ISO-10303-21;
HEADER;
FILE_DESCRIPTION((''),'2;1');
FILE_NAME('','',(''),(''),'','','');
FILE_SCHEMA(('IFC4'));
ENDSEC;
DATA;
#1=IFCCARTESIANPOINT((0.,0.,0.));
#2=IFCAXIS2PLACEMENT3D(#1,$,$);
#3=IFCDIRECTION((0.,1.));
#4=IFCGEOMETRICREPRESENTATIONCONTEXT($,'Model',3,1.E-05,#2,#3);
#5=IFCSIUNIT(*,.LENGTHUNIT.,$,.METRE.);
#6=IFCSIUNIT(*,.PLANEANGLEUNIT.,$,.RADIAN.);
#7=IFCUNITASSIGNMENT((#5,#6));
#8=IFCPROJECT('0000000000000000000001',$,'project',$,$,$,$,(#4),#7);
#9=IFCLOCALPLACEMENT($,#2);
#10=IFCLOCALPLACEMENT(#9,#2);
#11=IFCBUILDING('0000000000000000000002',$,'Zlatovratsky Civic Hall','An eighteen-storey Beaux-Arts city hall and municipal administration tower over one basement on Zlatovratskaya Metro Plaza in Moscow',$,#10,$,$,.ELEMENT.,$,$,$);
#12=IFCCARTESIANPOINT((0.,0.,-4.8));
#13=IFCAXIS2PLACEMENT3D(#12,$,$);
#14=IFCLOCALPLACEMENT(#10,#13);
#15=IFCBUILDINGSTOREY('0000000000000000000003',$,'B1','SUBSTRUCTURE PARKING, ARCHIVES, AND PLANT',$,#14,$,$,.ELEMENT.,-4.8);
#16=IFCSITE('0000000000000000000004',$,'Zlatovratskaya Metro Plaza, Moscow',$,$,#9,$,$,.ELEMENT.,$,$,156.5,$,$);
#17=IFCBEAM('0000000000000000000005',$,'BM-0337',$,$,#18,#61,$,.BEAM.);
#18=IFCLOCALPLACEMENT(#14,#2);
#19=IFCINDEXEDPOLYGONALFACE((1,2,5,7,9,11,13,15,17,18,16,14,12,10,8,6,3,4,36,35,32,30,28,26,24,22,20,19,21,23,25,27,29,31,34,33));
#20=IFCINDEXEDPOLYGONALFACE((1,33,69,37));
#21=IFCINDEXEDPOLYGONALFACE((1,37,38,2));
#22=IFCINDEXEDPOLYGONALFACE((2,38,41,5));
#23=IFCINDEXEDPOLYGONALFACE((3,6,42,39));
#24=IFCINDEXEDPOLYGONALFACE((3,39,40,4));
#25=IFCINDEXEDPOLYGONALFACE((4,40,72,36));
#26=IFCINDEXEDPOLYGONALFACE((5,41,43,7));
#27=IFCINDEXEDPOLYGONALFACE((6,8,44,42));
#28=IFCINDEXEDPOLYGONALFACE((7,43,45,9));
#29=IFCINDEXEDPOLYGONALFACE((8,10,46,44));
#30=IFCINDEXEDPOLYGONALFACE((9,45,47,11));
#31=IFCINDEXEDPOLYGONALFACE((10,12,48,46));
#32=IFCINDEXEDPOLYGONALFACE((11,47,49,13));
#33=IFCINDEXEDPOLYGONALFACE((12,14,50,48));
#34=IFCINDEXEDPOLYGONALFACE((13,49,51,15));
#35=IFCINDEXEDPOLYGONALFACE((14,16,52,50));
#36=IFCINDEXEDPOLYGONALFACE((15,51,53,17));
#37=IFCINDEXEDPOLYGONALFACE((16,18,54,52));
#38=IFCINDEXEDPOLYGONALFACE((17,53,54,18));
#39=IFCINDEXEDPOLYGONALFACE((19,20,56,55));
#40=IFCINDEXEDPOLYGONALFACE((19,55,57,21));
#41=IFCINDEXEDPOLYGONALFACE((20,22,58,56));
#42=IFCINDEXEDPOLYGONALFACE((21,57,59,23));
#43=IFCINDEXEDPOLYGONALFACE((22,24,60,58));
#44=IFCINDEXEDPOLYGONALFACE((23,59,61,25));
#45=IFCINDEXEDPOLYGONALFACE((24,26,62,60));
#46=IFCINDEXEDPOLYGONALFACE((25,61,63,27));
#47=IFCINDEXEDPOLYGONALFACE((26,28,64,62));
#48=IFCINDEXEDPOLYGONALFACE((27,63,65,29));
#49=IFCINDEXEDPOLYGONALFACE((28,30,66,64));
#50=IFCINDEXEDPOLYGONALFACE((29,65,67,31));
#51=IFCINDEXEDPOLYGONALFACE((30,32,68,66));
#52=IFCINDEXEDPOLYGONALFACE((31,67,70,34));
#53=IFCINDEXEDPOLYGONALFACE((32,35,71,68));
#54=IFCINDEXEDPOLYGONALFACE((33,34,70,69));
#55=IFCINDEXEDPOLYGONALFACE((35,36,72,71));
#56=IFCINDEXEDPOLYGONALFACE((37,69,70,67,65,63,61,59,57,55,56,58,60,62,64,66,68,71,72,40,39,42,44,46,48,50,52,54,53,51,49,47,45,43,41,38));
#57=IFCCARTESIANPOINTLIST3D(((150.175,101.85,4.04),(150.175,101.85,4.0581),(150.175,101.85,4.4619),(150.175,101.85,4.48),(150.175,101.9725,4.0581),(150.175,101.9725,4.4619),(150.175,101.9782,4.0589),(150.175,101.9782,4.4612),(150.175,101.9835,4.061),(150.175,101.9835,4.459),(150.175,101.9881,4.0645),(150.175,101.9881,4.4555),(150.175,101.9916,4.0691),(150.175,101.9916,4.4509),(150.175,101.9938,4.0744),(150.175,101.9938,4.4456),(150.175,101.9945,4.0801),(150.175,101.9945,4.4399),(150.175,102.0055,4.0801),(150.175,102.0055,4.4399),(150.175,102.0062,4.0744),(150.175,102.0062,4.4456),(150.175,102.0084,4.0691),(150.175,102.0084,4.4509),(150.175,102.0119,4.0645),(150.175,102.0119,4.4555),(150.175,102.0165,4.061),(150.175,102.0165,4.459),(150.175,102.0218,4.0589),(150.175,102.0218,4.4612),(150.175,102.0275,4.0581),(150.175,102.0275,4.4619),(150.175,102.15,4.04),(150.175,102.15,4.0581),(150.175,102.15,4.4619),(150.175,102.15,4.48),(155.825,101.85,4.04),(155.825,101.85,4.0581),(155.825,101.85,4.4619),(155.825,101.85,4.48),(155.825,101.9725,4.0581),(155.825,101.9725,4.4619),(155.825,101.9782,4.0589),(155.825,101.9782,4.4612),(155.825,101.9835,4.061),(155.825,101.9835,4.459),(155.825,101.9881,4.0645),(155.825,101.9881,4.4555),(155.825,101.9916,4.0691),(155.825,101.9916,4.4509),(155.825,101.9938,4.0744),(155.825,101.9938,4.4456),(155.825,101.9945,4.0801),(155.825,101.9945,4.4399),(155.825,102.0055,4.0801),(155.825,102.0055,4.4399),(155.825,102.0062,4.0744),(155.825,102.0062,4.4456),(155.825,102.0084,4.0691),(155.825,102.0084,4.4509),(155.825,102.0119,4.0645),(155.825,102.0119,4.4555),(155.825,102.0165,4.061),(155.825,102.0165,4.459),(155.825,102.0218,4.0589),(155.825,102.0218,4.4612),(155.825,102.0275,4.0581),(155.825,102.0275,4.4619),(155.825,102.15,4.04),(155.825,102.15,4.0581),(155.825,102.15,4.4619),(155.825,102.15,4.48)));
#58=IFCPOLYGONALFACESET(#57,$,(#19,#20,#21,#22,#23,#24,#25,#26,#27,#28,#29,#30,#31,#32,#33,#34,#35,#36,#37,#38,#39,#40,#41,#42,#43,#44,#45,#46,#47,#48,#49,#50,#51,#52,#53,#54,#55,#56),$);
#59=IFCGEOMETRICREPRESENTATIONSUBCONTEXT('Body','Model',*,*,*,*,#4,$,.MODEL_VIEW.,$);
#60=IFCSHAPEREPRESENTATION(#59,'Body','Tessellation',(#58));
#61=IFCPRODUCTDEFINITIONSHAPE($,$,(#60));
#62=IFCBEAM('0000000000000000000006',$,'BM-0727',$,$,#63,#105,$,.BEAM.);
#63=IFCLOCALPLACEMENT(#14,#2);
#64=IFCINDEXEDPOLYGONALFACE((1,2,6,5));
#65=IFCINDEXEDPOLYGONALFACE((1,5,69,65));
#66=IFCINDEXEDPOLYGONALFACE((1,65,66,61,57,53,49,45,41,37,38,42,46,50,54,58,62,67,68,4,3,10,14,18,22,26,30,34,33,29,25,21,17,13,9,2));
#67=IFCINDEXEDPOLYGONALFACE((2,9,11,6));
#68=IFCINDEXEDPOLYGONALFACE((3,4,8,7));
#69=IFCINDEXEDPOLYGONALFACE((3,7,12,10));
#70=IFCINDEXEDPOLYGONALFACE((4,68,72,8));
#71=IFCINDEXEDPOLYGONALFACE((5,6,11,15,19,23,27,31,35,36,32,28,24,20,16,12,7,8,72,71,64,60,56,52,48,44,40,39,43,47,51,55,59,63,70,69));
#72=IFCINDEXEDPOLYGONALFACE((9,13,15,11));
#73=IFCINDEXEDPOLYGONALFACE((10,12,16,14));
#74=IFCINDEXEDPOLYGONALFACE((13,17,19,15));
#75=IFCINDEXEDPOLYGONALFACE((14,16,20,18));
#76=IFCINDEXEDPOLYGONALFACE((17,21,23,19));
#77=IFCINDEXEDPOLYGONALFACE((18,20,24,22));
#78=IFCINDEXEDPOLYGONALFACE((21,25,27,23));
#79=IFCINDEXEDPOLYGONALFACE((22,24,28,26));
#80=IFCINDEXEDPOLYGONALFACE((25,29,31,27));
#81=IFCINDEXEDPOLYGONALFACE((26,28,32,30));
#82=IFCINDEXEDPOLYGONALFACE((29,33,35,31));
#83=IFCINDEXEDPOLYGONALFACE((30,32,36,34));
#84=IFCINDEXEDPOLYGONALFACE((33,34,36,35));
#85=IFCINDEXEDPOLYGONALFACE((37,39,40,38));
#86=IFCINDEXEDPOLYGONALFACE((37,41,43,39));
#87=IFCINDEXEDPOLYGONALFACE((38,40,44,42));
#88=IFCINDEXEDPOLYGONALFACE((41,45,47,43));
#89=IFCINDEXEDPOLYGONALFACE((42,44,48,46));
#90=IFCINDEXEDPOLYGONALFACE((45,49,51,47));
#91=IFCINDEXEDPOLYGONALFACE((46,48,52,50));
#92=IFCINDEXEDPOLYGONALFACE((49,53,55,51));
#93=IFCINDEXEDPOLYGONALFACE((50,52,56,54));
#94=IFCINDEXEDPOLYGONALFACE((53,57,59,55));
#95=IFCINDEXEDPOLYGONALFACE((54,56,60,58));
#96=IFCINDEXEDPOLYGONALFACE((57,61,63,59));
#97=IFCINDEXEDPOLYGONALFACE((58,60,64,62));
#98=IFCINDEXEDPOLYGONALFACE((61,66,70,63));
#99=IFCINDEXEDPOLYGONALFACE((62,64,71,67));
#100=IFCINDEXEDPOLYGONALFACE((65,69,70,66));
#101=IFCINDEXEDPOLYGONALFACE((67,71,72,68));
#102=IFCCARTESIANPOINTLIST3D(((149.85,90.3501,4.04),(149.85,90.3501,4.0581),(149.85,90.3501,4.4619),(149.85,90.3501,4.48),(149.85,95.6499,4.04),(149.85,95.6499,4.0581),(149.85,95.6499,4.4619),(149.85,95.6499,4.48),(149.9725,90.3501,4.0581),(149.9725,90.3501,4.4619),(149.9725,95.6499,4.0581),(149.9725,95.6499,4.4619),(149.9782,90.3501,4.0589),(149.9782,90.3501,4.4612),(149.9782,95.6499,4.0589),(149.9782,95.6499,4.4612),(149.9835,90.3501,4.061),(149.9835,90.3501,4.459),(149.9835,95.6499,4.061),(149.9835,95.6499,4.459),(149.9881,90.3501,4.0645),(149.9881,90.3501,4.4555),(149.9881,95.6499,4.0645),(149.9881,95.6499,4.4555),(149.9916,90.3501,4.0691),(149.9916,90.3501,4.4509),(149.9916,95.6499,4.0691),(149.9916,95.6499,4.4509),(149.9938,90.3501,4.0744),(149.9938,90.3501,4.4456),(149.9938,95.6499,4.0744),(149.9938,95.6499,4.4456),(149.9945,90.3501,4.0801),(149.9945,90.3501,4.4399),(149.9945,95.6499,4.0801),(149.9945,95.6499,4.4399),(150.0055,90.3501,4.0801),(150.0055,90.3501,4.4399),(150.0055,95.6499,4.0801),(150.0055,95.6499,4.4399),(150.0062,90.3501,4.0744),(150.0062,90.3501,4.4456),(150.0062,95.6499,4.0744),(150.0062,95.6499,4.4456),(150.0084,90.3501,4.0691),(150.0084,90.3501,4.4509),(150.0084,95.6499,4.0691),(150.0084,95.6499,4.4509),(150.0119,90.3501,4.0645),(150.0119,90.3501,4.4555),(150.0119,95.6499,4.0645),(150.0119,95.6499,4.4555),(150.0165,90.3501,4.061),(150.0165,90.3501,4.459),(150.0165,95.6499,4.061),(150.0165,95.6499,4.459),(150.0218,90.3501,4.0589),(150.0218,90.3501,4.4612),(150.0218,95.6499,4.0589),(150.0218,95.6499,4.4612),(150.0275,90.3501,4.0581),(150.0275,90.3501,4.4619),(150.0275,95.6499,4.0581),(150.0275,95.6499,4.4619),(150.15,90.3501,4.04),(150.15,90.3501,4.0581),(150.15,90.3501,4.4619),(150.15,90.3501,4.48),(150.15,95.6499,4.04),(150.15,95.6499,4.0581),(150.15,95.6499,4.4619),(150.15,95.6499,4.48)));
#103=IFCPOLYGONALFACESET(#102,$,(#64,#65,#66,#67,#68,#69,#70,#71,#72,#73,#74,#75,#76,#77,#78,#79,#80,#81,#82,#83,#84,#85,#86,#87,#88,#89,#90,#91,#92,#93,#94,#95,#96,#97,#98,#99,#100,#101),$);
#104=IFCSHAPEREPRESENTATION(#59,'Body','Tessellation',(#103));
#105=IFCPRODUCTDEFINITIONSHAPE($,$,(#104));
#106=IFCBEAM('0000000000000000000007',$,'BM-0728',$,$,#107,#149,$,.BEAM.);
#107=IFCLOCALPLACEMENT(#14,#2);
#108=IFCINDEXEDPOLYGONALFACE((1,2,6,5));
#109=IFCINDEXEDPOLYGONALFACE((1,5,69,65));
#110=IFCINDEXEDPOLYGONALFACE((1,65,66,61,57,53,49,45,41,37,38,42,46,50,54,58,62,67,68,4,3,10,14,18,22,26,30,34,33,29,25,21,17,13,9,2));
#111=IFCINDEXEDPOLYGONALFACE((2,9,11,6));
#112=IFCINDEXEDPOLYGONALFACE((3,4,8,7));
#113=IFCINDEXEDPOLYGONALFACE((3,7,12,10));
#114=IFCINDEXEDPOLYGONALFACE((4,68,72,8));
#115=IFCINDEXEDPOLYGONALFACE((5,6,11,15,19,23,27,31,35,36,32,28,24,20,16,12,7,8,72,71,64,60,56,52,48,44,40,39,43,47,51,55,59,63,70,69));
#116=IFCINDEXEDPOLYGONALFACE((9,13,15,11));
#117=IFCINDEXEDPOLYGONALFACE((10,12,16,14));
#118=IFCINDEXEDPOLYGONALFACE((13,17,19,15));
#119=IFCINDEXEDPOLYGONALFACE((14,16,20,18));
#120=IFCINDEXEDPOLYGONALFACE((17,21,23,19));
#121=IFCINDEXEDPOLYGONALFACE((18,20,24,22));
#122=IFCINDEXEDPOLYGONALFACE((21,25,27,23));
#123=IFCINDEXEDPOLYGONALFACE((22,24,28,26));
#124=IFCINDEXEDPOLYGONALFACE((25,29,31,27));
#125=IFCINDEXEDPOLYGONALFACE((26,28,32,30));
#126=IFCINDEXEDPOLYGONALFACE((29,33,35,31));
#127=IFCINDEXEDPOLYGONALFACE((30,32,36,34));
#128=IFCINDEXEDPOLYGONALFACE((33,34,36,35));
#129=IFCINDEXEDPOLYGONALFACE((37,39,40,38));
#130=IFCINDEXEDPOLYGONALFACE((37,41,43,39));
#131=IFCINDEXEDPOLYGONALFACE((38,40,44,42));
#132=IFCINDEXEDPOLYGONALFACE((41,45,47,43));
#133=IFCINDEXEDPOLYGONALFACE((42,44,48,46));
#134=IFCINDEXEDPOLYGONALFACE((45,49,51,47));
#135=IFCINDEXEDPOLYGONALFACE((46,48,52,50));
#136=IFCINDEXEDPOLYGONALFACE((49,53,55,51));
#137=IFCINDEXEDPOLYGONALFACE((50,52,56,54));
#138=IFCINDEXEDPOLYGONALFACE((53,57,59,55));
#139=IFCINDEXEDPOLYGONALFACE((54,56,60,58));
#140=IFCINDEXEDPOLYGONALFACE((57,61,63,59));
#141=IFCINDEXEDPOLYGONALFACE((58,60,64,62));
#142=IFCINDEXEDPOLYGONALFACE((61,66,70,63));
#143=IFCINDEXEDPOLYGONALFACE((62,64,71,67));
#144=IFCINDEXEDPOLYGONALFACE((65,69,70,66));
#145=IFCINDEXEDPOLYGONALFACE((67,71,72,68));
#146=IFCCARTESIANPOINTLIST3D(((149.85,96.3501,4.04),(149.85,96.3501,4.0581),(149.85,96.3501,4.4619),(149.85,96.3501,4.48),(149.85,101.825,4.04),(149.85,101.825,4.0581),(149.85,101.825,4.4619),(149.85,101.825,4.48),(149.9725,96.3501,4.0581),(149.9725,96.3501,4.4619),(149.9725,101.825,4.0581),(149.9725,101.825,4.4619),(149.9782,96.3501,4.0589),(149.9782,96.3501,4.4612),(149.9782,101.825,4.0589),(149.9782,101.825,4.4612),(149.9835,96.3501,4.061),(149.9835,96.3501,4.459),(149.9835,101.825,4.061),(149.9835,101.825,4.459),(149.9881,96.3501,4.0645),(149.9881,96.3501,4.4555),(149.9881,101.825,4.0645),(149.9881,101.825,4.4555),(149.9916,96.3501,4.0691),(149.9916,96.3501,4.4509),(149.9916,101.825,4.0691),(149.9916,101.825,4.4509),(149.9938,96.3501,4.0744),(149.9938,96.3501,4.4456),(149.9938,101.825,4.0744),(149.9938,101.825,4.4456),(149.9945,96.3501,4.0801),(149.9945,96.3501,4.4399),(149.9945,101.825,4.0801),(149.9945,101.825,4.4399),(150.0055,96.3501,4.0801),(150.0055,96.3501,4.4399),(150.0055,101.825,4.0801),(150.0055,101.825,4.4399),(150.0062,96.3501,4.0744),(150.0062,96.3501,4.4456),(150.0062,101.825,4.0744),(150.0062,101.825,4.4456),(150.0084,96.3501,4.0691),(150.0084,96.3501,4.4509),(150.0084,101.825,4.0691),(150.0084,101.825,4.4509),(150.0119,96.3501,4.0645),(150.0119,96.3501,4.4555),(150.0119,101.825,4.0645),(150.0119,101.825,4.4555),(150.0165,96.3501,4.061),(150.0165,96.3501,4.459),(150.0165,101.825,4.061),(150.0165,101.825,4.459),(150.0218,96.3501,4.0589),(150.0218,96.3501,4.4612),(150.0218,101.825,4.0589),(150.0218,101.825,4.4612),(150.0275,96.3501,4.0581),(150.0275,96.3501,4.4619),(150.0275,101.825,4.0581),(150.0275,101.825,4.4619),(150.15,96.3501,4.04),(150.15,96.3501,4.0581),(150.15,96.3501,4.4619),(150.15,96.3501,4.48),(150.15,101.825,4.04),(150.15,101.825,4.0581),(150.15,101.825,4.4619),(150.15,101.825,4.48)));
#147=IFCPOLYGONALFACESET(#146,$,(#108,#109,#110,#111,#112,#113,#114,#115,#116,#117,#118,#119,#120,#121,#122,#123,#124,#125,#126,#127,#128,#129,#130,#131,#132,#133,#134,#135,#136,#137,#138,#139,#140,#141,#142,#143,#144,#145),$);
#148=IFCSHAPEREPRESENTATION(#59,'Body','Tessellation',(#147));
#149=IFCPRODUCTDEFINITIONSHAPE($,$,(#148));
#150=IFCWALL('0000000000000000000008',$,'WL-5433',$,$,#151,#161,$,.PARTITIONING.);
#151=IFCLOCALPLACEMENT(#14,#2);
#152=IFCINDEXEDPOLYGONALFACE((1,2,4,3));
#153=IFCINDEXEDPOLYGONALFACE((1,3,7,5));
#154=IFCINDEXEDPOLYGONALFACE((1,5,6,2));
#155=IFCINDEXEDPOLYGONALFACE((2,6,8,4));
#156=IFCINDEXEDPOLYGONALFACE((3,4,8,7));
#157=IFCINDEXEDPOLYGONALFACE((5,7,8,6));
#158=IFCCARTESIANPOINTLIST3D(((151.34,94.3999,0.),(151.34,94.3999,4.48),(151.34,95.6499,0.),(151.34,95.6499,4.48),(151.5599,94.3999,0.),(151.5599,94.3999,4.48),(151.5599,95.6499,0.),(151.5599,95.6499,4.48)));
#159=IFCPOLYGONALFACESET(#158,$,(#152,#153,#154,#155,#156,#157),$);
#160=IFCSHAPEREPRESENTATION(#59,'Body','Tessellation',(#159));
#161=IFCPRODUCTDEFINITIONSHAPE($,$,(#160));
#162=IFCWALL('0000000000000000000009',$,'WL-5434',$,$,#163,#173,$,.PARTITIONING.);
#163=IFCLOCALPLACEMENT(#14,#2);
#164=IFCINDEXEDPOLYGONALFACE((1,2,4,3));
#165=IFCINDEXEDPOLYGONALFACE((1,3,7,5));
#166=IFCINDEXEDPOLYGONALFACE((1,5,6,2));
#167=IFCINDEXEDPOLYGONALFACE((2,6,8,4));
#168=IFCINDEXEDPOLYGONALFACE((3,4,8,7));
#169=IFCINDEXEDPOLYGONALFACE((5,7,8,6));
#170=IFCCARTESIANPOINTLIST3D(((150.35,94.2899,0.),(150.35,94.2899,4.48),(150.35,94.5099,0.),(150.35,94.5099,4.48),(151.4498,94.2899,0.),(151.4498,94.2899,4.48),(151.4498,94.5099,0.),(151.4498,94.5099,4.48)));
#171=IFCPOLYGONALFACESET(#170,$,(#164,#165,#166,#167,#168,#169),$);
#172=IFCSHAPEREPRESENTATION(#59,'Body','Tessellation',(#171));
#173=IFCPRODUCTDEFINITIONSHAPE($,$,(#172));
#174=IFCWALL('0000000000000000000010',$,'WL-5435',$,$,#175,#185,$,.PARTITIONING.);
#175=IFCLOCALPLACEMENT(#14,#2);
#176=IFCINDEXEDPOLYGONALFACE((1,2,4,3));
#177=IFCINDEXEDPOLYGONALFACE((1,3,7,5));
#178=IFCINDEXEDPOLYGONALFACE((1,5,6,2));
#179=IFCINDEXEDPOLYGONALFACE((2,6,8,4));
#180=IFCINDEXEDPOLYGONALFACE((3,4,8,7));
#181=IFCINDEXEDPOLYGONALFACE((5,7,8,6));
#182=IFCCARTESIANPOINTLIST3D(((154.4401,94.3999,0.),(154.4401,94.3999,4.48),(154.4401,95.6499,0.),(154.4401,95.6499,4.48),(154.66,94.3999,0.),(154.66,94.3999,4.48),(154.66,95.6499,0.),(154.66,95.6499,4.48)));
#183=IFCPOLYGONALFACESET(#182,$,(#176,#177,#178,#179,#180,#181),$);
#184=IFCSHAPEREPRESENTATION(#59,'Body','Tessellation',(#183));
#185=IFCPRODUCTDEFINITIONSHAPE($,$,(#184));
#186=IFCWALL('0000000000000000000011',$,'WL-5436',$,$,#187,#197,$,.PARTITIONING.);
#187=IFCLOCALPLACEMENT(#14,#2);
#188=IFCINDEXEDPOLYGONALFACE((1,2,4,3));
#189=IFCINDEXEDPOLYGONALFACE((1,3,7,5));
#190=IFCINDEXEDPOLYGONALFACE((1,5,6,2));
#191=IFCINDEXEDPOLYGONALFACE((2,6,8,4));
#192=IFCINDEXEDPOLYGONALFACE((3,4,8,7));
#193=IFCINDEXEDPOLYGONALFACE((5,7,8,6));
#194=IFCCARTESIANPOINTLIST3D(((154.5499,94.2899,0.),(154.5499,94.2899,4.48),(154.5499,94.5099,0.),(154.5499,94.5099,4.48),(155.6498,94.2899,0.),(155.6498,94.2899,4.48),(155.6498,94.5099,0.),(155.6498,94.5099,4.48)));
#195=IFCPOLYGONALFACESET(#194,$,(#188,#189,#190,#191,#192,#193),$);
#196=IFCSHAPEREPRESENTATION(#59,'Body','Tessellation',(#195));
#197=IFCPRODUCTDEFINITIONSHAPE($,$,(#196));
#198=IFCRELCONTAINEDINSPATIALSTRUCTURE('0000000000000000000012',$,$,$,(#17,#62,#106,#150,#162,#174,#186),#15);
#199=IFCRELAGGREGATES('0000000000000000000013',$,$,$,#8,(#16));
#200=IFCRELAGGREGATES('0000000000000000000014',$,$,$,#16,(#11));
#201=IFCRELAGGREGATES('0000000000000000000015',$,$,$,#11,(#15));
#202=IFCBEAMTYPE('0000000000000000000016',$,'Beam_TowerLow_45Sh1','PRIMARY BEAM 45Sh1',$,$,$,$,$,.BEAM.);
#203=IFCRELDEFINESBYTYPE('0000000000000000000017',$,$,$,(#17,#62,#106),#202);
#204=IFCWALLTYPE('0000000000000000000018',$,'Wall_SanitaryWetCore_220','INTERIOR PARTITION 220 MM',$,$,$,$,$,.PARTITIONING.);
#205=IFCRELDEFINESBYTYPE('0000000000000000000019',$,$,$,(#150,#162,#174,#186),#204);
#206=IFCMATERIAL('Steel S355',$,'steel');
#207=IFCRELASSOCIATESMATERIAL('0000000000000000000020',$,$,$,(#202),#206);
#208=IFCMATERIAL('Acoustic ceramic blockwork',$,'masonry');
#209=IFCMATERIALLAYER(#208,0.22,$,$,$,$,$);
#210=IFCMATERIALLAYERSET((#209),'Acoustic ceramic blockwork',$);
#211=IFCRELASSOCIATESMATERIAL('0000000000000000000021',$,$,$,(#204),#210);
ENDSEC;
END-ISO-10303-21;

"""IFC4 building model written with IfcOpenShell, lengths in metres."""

from ifc_helpers import new_model, si_unit, direction, frame, frame_2d, origin, origin_2d, place, context, subcontext, project, spatial, rectangle, i_section, extrude, material, layer, layer_set, material_profile, profile_set, type_object, element, save


model = new_model("IFC4")

# Units and contexts
model_context = context("Model", 3, precision=1e-05, world=origin(), true_north=direction((0.0, 1.0)))
body_context = subcontext(model_context, "Body", "Model", "MODEL_VIEW")
ifc_project = project(units=[si_unit("LENGTHUNIT", "METRE"), si_unit("PLANEANGLEUNIT", "RADIAN")], contexts=[model_context])

# Site, building, storey
site_placement = place(None, origin())
site = spatial("IfcSite", under=ifc_project, at=site_placement, Name="Zlatovratskaya Metro Plaza, Moscow", CompositionType="ELEMENT", RefElevation=156.5)
building_placement = place(site_placement, origin())
building = spatial("IfcBuilding", under=site, at=building_placement, Name="Zlatovratsky Civic Hall", Description="An eighteen-storey Beaux-Arts city hall and municipal administration tower over one basement on Zlatovratskaya Metro Plaza in Moscow", CompositionType="ELEMENT")
storey_placement = place(building_placement, frame((0.0, 0.0, -4.8)))
storey = spatial("IfcBuildingStorey", under=building, at=storey_placement, Name="B1", Description="SUBSTRUCTURE PARKING, ARCHIVES, AND PLANT", CompositionType="ELEMENT", Elevation=-4.8)

# Shared definitions
ifc_material_1 = material(Name="Steel S355", Category="steel")

# Beams
ifc_material_profile_1 = material_profile(ifc_material_1, i_section(OverallWidth=0.3, OverallDepth=0.4399, WebThickness=0.011, FlangeThickness=0.0181, FilletRadius=0.022, at=origin_2d()), Name="45Sh1")
ifc_profile_set_1 = profile_set([ifc_material_profile_1], Name="Steel S355")
beam_type = type_object("IfcBeamType", Name="Beam_TowerLow_45Sh1", Description="PRIMARY BEAM 45Sh1", PredefinedType="BEAM", material=ifc_profile_set_1)
beam_1_placement = place(storey_placement, frame((150.175, 102.0, 4.26), z_axis=(1.0, 0.0, 0.0), x_axis=(0.0, 1.0, 0.0)))
element("IfcBeam", 1, at=beam_1_placement, inside=storey, type_object=beam_type, Name="BM-0337", PredefinedType="BEAM", context=body_context, shape_type="SweptSolid", body=[
    extrude(i_section(OverallWidth=0.3, OverallDepth=0.4399, WebThickness=0.011, FlangeThickness=0.0181, FilletRadius=0.022, at=origin_2d()), origin(), (0.0, 0.0, 1.0), 5.6499),
])
beam_2_placement = place(storey_placement, frame((150.0, 90.3501, 4.26), z_axis=(0.0, 1.0, 0.0), x_axis=(-1.0, 0.0, 0.0)))
element("IfcBeam", 2, at=beam_2_placement, inside=storey, type_object=beam_type, Name="BM-0727", PredefinedType="BEAM", context=body_context, shape_type="SweptSolid", body=[
    extrude(i_section(OverallWidth=0.3, OverallDepth=0.4399, WebThickness=0.011, FlangeThickness=0.0181, FilletRadius=0.022, at=origin_2d()), origin(), (0.0, 0.0, 1.0), 5.2998),
])
beam_3_placement = place(storey_placement, frame((150.0, 96.3501, 4.26), z_axis=(0.0, 1.0, 0.0), x_axis=(-1.0, 0.0, 0.0)))
element("IfcBeam", 3, at=beam_3_placement, inside=storey, type_object=beam_type, Name="BM-0728", PredefinedType="BEAM", context=body_context, shape_type="SweptSolid", body=[
    extrude(i_section(OverallWidth=0.3, OverallDepth=0.4399, WebThickness=0.011, FlangeThickness=0.0181, FilletRadius=0.022, at=origin_2d()), origin(), (0.0, 0.0, 1.0), 5.4749),
])

# Walls
ifc_material_2 = material(Name="Acoustic ceramic blockwork", Category="masonry")
ifc_layer_1 = layer(ifc_material_2, 0.22)
ifc_layer_set_1 = layer_set([ifc_layer_1], Name="Acoustic ceramic blockwork")
wall_type_1 = type_object("IfcWallType", Name="Wall_SanitaryWetCore_220", Description="INTERIOR PARTITION 220 MM", PredefinedType="PARTITIONING", material=ifc_layer_set_1)
wall_1_placement = place(storey_placement, frame((151.45, 94.3999, 0.0), z_axis=(0.0, 0.0, 1.0), x_axis=(0.0, 1.0, 0.0)))
element("IfcWall", 4, at=wall_1_placement, inside=storey, type_object=wall_type_1, Name="WL-5433", PredefinedType="PARTITIONING", context=body_context, shape_type="SweptSolid", body=[
    extrude(rectangle(XDim=1.25, YDim=0.22, at=frame_2d((0.625, 0.0))), origin(), (0.0, 0.0, 1.0), 4.48),
])
wall_2_placement = place(storey_placement, frame((150.3501, 94.3999, 0.0), z_axis=(0.0, 0.0, 1.0), x_axis=(1.0, 0.0, 0.0)))
element("IfcWall", 5, at=wall_2_placement, inside=storey, type_object=wall_type_1, Name="WL-5434", PredefinedType="PARTITIONING", context=body_context, shape_type="SweptSolid", body=[
    extrude(rectangle(XDim=1.0999, YDim=0.22, at=frame_2d((0.5498, 0.0))), origin(), (0.0, 0.0, 1.0), 4.48),
])
wall_3_placement = place(storey_placement, frame((154.55, 94.3999, 0.0), z_axis=(0.0, 0.0, 1.0), x_axis=(0.0, 1.0, 0.0)))
element("IfcWall", 6, at=wall_3_placement, inside=storey, type_object=wall_type_1, Name="WL-5435", PredefinedType="PARTITIONING", context=body_context, shape_type="SweptSolid", body=[
    extrude(rectangle(XDim=1.25, YDim=0.22, at=frame_2d((0.625, 0.0))), origin(), (0.0, 0.0, 1.0), 4.48),
])
wall_4_placement = place(storey_placement, frame((154.55, 94.3999, 0.0), z_axis=(0.0, 0.0, 1.0), x_axis=(1.0, 0.0, 0.0)))
element("IfcWall", 7, at=wall_4_placement, inside=storey, type_object=wall_type_1, Name="WL-5436", PredefinedType="PARTITIONING", context=body_context, shape_type="SweptSolid", body=[
    extrude(rectangle(XDim=1.0999, YDim=0.22, at=frame_2d((0.5498, 0.0))), origin(), (0.0, 0.0, 1.0), 4.48),
])

save(model, "model.ifc")
